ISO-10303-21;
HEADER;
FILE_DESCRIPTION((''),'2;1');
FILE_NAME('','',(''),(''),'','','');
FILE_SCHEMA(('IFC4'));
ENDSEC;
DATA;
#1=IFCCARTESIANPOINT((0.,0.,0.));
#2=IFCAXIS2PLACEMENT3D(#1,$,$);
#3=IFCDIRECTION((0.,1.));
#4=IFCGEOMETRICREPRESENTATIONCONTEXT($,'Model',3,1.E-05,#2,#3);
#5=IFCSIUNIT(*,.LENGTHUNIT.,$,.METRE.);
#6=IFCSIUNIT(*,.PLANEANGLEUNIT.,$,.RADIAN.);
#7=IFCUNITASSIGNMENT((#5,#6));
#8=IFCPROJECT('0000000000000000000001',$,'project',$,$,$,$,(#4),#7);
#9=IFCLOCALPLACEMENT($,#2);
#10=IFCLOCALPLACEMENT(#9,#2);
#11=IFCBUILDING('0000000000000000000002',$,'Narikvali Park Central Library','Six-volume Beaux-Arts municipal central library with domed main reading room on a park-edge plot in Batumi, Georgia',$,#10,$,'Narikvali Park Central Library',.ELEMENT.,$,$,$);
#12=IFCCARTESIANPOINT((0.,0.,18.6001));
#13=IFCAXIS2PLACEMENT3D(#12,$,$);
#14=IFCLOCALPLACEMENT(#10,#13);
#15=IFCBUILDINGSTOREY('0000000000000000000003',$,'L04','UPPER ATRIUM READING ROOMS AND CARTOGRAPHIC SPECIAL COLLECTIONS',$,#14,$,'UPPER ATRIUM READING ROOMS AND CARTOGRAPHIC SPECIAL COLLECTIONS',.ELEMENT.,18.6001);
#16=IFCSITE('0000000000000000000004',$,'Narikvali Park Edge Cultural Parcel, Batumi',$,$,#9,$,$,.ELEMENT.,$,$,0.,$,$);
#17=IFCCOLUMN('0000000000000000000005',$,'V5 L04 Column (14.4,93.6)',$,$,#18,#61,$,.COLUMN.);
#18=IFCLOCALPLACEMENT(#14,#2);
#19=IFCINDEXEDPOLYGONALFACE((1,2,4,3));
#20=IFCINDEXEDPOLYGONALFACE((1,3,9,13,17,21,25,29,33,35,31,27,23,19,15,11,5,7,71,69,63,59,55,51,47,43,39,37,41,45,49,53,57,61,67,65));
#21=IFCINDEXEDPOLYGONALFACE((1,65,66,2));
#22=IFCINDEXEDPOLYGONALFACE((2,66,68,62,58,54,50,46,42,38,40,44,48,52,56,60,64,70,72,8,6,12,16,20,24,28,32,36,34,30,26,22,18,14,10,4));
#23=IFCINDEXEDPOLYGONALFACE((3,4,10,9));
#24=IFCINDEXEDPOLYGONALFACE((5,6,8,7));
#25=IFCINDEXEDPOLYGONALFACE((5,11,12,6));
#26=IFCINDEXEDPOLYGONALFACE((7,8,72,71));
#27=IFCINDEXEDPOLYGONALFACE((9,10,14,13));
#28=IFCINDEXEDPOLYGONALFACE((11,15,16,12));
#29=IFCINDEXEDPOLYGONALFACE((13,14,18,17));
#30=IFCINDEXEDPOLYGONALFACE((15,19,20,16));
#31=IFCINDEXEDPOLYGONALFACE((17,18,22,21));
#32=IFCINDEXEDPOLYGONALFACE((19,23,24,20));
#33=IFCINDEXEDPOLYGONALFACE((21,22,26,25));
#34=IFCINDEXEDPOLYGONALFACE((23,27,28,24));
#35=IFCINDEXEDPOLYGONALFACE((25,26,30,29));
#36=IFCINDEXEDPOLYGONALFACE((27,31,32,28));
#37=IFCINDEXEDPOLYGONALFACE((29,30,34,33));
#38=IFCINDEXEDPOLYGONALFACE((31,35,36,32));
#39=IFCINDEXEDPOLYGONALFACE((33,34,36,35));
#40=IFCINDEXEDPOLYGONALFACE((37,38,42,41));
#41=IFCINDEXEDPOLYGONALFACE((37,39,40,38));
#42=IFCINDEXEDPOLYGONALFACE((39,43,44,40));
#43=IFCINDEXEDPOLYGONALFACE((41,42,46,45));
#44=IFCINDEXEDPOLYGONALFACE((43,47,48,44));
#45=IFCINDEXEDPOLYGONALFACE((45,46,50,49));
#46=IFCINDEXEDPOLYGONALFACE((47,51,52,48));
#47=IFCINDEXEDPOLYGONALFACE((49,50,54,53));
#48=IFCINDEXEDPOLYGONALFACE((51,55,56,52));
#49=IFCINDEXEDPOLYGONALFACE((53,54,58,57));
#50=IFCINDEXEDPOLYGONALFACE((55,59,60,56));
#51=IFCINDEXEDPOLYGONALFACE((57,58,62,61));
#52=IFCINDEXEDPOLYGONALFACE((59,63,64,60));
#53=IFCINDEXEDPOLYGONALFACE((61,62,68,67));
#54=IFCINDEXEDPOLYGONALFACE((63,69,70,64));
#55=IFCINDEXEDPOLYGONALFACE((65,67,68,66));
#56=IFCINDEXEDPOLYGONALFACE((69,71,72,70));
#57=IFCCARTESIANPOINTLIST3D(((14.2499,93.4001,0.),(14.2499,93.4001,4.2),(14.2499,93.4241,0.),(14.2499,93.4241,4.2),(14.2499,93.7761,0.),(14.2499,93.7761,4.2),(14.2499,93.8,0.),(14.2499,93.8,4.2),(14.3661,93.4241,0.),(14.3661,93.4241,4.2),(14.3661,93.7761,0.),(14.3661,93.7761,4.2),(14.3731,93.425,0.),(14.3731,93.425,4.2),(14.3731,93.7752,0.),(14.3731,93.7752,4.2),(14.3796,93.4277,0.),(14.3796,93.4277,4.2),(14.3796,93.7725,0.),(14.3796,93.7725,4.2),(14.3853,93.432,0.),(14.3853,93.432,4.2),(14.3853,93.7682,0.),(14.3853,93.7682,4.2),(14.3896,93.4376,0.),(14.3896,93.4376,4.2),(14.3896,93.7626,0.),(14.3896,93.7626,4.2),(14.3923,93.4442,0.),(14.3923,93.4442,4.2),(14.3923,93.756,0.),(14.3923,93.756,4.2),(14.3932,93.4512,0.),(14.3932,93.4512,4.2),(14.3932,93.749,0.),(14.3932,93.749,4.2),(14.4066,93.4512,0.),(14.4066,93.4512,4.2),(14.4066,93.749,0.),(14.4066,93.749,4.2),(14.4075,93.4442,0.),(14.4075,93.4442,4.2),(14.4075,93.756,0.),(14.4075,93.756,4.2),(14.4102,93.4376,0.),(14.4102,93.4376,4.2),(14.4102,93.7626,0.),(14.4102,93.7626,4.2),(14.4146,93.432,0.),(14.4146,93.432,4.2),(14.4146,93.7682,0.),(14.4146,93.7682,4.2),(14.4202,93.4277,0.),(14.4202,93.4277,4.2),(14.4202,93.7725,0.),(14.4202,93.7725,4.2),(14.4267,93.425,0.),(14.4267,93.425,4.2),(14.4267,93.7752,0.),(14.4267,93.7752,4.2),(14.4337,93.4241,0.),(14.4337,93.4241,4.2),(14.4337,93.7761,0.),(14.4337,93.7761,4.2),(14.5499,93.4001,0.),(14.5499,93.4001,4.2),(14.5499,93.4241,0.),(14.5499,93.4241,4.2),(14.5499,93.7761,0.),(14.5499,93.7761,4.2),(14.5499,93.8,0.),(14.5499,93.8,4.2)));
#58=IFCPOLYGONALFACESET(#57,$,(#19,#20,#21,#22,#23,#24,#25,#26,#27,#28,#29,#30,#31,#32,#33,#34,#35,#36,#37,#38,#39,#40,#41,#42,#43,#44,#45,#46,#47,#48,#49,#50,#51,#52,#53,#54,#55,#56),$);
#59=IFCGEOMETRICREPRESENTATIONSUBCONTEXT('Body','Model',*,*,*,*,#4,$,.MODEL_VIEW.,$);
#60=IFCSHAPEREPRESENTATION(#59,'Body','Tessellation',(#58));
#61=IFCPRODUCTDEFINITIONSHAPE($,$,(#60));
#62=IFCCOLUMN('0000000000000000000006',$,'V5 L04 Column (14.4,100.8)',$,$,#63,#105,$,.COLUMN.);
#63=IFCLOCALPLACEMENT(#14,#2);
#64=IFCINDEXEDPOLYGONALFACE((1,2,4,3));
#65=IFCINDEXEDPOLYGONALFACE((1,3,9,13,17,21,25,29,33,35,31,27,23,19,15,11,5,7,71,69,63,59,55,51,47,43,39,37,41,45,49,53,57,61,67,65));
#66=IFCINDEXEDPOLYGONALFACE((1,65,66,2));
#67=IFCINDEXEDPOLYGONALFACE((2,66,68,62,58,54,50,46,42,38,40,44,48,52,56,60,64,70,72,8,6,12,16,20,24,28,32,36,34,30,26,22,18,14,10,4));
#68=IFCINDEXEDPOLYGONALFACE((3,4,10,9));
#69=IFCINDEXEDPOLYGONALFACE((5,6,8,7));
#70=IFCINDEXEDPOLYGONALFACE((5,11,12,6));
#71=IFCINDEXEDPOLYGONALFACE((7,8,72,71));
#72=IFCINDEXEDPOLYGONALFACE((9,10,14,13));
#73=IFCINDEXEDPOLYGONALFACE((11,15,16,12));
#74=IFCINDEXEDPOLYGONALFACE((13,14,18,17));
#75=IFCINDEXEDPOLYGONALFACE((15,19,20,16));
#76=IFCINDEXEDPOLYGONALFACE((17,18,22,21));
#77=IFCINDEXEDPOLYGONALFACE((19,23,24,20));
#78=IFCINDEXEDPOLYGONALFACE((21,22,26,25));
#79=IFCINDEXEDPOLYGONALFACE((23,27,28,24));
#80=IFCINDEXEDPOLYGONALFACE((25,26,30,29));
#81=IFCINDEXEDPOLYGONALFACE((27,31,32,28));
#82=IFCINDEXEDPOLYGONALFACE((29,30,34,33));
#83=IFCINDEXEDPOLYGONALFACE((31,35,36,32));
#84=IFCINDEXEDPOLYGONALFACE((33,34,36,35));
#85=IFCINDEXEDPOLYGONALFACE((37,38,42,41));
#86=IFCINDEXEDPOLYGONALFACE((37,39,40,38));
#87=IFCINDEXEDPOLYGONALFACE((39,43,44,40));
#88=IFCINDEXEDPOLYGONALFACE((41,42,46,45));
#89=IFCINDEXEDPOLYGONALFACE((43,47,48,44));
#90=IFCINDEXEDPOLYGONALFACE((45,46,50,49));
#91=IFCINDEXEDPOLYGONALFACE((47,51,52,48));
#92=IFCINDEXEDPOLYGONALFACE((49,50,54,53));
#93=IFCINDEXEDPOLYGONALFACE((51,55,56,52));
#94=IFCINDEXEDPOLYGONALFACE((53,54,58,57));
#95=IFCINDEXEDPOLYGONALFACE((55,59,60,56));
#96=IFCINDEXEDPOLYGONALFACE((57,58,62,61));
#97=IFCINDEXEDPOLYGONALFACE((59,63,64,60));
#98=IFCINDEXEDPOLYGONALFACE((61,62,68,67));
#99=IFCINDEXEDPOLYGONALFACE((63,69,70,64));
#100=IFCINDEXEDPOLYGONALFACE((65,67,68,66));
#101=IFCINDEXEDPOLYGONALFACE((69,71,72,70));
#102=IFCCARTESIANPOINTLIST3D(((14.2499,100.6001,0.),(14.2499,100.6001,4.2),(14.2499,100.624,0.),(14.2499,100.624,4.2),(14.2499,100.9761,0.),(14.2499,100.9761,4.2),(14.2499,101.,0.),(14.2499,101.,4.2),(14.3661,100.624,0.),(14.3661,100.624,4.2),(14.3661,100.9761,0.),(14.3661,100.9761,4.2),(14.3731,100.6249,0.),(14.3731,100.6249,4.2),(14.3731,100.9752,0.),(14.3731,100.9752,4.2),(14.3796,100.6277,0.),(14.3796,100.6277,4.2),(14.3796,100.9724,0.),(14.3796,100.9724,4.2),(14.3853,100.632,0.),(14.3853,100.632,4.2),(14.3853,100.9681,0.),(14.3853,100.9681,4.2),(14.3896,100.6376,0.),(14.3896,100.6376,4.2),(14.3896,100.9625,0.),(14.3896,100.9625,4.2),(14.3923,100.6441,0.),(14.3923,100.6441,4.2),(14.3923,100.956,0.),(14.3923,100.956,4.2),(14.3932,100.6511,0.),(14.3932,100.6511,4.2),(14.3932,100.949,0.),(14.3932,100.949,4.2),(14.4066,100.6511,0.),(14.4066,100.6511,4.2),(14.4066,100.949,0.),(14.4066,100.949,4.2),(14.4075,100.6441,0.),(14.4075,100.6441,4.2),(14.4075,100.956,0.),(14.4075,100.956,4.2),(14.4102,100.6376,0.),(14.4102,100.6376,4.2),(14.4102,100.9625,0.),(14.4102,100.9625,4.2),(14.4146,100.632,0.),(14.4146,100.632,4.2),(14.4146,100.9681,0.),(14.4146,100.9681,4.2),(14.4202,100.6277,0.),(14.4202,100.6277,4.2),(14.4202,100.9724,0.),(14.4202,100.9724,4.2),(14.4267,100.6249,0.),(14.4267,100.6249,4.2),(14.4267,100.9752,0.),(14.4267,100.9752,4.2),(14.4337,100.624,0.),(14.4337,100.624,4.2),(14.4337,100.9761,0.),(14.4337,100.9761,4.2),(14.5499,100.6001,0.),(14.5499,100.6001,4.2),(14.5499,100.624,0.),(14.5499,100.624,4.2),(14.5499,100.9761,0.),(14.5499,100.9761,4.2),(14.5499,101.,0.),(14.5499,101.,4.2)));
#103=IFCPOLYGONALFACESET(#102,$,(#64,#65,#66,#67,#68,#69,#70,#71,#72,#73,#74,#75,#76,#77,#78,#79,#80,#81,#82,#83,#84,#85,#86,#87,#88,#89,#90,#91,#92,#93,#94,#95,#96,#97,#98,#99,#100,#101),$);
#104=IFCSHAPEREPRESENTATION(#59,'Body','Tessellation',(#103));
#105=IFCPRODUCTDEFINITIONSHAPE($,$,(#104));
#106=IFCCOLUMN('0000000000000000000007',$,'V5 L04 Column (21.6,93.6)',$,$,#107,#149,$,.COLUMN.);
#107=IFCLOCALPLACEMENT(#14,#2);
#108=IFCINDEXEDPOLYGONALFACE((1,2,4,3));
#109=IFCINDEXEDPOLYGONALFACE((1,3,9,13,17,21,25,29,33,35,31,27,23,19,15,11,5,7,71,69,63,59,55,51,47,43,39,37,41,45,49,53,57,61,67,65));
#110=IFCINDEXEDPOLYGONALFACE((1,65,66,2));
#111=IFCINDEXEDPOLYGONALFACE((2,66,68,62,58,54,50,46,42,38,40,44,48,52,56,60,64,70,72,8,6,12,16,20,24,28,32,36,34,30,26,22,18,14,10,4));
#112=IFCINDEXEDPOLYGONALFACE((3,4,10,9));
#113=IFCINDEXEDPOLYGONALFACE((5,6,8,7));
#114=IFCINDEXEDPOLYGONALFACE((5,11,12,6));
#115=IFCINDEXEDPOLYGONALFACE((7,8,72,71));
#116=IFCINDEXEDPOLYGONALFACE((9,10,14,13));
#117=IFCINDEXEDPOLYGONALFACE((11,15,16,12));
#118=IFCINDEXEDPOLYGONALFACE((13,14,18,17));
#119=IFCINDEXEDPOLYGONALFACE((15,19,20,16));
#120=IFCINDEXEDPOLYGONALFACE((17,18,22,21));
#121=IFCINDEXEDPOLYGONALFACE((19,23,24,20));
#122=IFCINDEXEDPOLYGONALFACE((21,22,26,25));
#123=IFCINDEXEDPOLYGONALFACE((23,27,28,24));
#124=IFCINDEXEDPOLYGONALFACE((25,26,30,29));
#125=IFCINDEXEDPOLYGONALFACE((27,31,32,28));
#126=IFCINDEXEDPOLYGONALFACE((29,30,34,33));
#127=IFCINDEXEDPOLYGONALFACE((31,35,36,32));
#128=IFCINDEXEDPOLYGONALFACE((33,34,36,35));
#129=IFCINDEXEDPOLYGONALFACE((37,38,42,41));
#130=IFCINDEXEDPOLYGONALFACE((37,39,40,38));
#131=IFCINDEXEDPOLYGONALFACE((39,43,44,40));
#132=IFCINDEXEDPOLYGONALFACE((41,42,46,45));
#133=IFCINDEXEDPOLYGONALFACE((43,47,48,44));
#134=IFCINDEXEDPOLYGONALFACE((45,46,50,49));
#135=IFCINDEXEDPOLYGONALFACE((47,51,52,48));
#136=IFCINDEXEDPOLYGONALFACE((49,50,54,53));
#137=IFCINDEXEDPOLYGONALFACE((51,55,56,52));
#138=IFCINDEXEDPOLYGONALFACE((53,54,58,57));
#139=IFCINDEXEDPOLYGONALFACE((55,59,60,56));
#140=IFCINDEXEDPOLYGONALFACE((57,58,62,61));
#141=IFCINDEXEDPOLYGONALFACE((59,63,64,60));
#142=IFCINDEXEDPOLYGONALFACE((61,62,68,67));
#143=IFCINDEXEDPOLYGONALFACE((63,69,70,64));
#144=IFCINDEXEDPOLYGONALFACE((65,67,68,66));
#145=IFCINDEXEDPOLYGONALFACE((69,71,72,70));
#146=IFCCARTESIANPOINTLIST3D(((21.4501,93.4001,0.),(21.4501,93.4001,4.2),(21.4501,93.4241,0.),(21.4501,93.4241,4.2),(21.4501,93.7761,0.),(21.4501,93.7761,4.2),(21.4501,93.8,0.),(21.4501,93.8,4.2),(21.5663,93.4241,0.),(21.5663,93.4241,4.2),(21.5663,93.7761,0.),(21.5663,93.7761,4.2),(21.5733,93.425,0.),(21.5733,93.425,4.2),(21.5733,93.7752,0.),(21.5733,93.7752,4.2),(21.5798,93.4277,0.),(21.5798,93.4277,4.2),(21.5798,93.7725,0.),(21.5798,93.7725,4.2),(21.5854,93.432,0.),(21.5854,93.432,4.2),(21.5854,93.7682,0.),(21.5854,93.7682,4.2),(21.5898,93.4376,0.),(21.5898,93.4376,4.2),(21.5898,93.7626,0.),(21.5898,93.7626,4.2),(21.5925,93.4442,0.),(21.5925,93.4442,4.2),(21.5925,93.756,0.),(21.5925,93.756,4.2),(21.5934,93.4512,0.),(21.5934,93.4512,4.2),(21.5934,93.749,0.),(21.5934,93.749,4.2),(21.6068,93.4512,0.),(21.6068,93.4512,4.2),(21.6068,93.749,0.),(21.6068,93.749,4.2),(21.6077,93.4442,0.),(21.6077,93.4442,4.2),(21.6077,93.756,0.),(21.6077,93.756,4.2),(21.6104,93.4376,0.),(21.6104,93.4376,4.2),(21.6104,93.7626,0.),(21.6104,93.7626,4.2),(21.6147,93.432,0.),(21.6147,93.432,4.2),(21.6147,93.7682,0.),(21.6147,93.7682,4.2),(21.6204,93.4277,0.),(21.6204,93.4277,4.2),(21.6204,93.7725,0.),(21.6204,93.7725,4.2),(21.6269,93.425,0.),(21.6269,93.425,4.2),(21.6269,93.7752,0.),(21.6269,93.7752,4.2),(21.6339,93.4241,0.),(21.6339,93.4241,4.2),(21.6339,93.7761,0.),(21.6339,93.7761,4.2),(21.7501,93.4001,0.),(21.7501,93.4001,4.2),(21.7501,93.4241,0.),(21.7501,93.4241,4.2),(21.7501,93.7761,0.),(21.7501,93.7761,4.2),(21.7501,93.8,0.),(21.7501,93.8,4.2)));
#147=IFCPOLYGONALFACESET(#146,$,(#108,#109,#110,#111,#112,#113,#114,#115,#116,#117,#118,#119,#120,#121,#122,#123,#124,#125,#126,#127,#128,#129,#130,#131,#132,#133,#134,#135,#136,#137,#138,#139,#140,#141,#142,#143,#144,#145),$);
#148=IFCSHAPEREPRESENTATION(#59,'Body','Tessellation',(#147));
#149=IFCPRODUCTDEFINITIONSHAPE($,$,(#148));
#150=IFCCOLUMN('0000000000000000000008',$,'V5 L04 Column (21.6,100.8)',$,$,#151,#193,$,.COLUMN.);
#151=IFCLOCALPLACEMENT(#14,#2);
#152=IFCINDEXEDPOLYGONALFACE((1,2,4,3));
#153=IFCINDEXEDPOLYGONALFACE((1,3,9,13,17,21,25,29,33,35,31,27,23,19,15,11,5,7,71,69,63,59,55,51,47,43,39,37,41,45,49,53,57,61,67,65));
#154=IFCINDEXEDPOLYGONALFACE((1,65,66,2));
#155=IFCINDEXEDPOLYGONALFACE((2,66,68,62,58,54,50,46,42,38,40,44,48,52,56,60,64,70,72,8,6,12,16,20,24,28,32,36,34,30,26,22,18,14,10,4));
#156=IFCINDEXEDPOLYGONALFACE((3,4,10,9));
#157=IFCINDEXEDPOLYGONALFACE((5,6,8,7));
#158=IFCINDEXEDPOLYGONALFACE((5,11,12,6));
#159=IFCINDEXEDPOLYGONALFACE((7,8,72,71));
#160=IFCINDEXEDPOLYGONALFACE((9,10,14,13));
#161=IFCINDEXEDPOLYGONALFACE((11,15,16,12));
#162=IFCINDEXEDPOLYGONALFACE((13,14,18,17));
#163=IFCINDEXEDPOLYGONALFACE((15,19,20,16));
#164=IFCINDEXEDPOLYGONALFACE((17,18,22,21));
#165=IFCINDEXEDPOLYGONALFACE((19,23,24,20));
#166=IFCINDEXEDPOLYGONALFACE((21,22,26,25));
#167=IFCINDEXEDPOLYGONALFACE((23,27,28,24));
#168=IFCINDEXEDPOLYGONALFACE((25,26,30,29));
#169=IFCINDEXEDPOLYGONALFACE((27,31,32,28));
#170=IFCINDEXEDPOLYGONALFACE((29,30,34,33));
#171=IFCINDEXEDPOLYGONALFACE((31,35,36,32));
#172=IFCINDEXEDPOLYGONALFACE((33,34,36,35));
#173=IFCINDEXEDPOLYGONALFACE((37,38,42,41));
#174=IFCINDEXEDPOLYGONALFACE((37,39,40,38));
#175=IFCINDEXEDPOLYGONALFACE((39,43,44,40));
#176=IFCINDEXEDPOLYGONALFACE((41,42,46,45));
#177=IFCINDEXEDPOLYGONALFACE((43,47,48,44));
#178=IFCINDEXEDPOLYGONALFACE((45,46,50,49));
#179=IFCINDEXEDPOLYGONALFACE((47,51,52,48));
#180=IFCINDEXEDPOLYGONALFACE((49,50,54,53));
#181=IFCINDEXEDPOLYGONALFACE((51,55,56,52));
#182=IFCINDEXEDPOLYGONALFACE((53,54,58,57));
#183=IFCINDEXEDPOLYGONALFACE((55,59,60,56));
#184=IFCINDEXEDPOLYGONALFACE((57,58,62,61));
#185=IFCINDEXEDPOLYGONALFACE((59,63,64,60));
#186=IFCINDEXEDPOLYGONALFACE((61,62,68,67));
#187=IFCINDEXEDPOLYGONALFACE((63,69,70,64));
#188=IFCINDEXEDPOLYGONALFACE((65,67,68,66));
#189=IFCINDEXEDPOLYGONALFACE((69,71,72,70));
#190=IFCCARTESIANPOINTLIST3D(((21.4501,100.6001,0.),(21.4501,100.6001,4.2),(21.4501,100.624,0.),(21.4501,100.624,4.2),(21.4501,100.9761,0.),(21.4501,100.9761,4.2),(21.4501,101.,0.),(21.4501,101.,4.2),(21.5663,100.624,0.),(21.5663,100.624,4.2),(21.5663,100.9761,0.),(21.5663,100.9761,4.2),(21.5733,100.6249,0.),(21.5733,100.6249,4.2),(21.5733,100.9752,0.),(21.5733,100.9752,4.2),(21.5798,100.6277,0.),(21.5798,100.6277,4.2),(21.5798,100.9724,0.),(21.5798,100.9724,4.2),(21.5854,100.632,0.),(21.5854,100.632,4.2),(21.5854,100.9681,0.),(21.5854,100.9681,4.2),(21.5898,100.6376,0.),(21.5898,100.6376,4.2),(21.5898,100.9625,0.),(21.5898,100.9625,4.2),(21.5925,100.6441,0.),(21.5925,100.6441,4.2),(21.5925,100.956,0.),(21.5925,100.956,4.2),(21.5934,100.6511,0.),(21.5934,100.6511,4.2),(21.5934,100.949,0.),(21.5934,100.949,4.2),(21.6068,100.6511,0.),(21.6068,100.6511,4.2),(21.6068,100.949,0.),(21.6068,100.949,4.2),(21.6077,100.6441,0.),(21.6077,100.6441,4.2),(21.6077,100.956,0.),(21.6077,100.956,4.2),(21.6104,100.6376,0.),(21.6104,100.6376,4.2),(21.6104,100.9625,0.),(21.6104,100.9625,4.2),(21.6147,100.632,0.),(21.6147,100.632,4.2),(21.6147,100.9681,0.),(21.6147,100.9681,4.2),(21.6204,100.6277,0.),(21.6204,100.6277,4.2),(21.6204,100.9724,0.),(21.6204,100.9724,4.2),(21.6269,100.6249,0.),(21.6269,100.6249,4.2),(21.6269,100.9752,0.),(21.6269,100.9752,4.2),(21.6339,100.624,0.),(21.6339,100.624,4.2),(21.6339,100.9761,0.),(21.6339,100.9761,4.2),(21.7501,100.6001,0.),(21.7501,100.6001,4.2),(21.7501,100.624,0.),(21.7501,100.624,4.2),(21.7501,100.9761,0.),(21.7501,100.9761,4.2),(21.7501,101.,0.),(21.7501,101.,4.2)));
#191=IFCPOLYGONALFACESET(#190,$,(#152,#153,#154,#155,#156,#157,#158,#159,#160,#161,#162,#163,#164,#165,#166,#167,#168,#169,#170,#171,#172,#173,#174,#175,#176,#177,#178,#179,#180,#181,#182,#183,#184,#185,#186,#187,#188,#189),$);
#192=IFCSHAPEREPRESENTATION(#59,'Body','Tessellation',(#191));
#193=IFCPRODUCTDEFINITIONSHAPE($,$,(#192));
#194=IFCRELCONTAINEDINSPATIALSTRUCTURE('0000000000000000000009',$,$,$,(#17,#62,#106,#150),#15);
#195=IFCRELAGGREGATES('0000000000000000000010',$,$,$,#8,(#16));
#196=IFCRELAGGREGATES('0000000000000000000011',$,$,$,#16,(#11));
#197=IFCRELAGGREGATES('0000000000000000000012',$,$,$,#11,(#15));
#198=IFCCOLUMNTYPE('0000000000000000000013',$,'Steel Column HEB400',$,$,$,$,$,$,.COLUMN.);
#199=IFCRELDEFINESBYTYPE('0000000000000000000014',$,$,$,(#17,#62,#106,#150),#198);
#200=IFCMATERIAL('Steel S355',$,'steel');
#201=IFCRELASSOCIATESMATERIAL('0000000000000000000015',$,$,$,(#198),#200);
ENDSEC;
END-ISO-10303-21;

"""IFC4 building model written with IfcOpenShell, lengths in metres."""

from ifc_helpers import new_model, si_unit, direction, frame, origin, origin_2d, place, context, subcontext, project, spatial, i_section, extrude, material, material_profile, profile_set, type_object, element, save


model = new_model("IFC4")

# Units and contexts
model_context = context("Model", 3, precision=1e-05, world=origin(), true_north=direction((0.0, 1.0)))
body_context = subcontext(model_context, "Body", "Model", "MODEL_VIEW")
ifc_project = project(units=[si_unit("LENGTHUNIT", "METRE"), si_unit("PLANEANGLEUNIT", "RADIAN")], contexts=[model_context])

# Site, building, storey
site_placement = place(None, origin())
site = spatial("IfcSite", under=ifc_project, at=site_placement, Name="Narikvali Park Edge Cultural Parcel, Batumi", CompositionType="ELEMENT", RefElevation=0.0)
building_placement = place(site_placement, origin())
building = spatial("IfcBuilding", under=site, at=building_placement, Name="Narikvali Park Central Library", Description="Six-volume Beaux-Arts municipal central library with domed main reading room on a park-edge plot in Batumi, Georgia", LongName="Narikvali Park Central Library", CompositionType="ELEMENT")
storey_placement = place(building_placement, frame((0.0, 0.0, 18.6001)))
storey = spatial("IfcBuildingStorey", under=building, at=storey_placement, Name="L04", Description="UPPER ATRIUM READING ROOMS AND CARTOGRAPHIC SPECIAL COLLECTIONS", LongName="UPPER ATRIUM READING ROOMS AND CARTOGRAPHIC SPECIAL COLLECTIONS", CompositionType="ELEMENT", Elevation=18.6001)

# Columns
ifc_material_1 = material(Name="Steel S355", Category="steel")
ifc_material_profile_1 = material_profile(ifc_material_1, i_section(OverallWidth=0.3, OverallDepth=0.3999, WebThickness=0.0134, FlangeThickness=0.0239, FilletRadius=0.0271, at=origin_2d()), Name="HEB 400")
ifc_profile_set_1 = profile_set([ifc_material_profile_1], Name="Steel S355")
column_type = type_object("IfcColumnType", Name="Steel Column HEB400", PredefinedType="COLUMN", material=ifc_profile_set_1)
for number, where, z_axis, x_axis, name in (
    (1, (14.3999, 93.6001, 0.0), (0.0, 0.0, 1.0), (1.0, 0.0, 0.0), "V5 L04 Column (14.4,93.6)"),
    (2, (14.3999, 100.8, 0.0), (0.0, 0.0, 1.0), (1.0, 0.0, 0.0), "V5 L04 Column (14.4,100.8)"),
    (3, (21.6001, 93.6001, 0.0), (0.0, 0.0, 1.0), (1.0, 0.0, 0.0), "V5 L04 Column (21.6,93.6)"),
    (4, (21.6001, 100.8, 0.0), (0.0, 0.0, 1.0), (1.0, 0.0, 0.0), "V5 L04 Column (21.6,100.8)"),
):
    element("IfcColumn", number, at=place(storey_placement, frame(where, z_axis=z_axis, x_axis=x_axis)), inside=storey, type_object=column_type, Name=name, PredefinedType="COLUMN", context=body_context, shape_type="SweptSolid", body=[
        extrude(i_section(OverallWidth=0.3, OverallDepth=0.3999, WebThickness=0.0134, FlangeThickness=0.0239, FilletRadius=0.0271, at=origin_2d()), origin(), (0.0, 0.0, 1.0), 4.2),
    ])

save(model, "model.ifc")
